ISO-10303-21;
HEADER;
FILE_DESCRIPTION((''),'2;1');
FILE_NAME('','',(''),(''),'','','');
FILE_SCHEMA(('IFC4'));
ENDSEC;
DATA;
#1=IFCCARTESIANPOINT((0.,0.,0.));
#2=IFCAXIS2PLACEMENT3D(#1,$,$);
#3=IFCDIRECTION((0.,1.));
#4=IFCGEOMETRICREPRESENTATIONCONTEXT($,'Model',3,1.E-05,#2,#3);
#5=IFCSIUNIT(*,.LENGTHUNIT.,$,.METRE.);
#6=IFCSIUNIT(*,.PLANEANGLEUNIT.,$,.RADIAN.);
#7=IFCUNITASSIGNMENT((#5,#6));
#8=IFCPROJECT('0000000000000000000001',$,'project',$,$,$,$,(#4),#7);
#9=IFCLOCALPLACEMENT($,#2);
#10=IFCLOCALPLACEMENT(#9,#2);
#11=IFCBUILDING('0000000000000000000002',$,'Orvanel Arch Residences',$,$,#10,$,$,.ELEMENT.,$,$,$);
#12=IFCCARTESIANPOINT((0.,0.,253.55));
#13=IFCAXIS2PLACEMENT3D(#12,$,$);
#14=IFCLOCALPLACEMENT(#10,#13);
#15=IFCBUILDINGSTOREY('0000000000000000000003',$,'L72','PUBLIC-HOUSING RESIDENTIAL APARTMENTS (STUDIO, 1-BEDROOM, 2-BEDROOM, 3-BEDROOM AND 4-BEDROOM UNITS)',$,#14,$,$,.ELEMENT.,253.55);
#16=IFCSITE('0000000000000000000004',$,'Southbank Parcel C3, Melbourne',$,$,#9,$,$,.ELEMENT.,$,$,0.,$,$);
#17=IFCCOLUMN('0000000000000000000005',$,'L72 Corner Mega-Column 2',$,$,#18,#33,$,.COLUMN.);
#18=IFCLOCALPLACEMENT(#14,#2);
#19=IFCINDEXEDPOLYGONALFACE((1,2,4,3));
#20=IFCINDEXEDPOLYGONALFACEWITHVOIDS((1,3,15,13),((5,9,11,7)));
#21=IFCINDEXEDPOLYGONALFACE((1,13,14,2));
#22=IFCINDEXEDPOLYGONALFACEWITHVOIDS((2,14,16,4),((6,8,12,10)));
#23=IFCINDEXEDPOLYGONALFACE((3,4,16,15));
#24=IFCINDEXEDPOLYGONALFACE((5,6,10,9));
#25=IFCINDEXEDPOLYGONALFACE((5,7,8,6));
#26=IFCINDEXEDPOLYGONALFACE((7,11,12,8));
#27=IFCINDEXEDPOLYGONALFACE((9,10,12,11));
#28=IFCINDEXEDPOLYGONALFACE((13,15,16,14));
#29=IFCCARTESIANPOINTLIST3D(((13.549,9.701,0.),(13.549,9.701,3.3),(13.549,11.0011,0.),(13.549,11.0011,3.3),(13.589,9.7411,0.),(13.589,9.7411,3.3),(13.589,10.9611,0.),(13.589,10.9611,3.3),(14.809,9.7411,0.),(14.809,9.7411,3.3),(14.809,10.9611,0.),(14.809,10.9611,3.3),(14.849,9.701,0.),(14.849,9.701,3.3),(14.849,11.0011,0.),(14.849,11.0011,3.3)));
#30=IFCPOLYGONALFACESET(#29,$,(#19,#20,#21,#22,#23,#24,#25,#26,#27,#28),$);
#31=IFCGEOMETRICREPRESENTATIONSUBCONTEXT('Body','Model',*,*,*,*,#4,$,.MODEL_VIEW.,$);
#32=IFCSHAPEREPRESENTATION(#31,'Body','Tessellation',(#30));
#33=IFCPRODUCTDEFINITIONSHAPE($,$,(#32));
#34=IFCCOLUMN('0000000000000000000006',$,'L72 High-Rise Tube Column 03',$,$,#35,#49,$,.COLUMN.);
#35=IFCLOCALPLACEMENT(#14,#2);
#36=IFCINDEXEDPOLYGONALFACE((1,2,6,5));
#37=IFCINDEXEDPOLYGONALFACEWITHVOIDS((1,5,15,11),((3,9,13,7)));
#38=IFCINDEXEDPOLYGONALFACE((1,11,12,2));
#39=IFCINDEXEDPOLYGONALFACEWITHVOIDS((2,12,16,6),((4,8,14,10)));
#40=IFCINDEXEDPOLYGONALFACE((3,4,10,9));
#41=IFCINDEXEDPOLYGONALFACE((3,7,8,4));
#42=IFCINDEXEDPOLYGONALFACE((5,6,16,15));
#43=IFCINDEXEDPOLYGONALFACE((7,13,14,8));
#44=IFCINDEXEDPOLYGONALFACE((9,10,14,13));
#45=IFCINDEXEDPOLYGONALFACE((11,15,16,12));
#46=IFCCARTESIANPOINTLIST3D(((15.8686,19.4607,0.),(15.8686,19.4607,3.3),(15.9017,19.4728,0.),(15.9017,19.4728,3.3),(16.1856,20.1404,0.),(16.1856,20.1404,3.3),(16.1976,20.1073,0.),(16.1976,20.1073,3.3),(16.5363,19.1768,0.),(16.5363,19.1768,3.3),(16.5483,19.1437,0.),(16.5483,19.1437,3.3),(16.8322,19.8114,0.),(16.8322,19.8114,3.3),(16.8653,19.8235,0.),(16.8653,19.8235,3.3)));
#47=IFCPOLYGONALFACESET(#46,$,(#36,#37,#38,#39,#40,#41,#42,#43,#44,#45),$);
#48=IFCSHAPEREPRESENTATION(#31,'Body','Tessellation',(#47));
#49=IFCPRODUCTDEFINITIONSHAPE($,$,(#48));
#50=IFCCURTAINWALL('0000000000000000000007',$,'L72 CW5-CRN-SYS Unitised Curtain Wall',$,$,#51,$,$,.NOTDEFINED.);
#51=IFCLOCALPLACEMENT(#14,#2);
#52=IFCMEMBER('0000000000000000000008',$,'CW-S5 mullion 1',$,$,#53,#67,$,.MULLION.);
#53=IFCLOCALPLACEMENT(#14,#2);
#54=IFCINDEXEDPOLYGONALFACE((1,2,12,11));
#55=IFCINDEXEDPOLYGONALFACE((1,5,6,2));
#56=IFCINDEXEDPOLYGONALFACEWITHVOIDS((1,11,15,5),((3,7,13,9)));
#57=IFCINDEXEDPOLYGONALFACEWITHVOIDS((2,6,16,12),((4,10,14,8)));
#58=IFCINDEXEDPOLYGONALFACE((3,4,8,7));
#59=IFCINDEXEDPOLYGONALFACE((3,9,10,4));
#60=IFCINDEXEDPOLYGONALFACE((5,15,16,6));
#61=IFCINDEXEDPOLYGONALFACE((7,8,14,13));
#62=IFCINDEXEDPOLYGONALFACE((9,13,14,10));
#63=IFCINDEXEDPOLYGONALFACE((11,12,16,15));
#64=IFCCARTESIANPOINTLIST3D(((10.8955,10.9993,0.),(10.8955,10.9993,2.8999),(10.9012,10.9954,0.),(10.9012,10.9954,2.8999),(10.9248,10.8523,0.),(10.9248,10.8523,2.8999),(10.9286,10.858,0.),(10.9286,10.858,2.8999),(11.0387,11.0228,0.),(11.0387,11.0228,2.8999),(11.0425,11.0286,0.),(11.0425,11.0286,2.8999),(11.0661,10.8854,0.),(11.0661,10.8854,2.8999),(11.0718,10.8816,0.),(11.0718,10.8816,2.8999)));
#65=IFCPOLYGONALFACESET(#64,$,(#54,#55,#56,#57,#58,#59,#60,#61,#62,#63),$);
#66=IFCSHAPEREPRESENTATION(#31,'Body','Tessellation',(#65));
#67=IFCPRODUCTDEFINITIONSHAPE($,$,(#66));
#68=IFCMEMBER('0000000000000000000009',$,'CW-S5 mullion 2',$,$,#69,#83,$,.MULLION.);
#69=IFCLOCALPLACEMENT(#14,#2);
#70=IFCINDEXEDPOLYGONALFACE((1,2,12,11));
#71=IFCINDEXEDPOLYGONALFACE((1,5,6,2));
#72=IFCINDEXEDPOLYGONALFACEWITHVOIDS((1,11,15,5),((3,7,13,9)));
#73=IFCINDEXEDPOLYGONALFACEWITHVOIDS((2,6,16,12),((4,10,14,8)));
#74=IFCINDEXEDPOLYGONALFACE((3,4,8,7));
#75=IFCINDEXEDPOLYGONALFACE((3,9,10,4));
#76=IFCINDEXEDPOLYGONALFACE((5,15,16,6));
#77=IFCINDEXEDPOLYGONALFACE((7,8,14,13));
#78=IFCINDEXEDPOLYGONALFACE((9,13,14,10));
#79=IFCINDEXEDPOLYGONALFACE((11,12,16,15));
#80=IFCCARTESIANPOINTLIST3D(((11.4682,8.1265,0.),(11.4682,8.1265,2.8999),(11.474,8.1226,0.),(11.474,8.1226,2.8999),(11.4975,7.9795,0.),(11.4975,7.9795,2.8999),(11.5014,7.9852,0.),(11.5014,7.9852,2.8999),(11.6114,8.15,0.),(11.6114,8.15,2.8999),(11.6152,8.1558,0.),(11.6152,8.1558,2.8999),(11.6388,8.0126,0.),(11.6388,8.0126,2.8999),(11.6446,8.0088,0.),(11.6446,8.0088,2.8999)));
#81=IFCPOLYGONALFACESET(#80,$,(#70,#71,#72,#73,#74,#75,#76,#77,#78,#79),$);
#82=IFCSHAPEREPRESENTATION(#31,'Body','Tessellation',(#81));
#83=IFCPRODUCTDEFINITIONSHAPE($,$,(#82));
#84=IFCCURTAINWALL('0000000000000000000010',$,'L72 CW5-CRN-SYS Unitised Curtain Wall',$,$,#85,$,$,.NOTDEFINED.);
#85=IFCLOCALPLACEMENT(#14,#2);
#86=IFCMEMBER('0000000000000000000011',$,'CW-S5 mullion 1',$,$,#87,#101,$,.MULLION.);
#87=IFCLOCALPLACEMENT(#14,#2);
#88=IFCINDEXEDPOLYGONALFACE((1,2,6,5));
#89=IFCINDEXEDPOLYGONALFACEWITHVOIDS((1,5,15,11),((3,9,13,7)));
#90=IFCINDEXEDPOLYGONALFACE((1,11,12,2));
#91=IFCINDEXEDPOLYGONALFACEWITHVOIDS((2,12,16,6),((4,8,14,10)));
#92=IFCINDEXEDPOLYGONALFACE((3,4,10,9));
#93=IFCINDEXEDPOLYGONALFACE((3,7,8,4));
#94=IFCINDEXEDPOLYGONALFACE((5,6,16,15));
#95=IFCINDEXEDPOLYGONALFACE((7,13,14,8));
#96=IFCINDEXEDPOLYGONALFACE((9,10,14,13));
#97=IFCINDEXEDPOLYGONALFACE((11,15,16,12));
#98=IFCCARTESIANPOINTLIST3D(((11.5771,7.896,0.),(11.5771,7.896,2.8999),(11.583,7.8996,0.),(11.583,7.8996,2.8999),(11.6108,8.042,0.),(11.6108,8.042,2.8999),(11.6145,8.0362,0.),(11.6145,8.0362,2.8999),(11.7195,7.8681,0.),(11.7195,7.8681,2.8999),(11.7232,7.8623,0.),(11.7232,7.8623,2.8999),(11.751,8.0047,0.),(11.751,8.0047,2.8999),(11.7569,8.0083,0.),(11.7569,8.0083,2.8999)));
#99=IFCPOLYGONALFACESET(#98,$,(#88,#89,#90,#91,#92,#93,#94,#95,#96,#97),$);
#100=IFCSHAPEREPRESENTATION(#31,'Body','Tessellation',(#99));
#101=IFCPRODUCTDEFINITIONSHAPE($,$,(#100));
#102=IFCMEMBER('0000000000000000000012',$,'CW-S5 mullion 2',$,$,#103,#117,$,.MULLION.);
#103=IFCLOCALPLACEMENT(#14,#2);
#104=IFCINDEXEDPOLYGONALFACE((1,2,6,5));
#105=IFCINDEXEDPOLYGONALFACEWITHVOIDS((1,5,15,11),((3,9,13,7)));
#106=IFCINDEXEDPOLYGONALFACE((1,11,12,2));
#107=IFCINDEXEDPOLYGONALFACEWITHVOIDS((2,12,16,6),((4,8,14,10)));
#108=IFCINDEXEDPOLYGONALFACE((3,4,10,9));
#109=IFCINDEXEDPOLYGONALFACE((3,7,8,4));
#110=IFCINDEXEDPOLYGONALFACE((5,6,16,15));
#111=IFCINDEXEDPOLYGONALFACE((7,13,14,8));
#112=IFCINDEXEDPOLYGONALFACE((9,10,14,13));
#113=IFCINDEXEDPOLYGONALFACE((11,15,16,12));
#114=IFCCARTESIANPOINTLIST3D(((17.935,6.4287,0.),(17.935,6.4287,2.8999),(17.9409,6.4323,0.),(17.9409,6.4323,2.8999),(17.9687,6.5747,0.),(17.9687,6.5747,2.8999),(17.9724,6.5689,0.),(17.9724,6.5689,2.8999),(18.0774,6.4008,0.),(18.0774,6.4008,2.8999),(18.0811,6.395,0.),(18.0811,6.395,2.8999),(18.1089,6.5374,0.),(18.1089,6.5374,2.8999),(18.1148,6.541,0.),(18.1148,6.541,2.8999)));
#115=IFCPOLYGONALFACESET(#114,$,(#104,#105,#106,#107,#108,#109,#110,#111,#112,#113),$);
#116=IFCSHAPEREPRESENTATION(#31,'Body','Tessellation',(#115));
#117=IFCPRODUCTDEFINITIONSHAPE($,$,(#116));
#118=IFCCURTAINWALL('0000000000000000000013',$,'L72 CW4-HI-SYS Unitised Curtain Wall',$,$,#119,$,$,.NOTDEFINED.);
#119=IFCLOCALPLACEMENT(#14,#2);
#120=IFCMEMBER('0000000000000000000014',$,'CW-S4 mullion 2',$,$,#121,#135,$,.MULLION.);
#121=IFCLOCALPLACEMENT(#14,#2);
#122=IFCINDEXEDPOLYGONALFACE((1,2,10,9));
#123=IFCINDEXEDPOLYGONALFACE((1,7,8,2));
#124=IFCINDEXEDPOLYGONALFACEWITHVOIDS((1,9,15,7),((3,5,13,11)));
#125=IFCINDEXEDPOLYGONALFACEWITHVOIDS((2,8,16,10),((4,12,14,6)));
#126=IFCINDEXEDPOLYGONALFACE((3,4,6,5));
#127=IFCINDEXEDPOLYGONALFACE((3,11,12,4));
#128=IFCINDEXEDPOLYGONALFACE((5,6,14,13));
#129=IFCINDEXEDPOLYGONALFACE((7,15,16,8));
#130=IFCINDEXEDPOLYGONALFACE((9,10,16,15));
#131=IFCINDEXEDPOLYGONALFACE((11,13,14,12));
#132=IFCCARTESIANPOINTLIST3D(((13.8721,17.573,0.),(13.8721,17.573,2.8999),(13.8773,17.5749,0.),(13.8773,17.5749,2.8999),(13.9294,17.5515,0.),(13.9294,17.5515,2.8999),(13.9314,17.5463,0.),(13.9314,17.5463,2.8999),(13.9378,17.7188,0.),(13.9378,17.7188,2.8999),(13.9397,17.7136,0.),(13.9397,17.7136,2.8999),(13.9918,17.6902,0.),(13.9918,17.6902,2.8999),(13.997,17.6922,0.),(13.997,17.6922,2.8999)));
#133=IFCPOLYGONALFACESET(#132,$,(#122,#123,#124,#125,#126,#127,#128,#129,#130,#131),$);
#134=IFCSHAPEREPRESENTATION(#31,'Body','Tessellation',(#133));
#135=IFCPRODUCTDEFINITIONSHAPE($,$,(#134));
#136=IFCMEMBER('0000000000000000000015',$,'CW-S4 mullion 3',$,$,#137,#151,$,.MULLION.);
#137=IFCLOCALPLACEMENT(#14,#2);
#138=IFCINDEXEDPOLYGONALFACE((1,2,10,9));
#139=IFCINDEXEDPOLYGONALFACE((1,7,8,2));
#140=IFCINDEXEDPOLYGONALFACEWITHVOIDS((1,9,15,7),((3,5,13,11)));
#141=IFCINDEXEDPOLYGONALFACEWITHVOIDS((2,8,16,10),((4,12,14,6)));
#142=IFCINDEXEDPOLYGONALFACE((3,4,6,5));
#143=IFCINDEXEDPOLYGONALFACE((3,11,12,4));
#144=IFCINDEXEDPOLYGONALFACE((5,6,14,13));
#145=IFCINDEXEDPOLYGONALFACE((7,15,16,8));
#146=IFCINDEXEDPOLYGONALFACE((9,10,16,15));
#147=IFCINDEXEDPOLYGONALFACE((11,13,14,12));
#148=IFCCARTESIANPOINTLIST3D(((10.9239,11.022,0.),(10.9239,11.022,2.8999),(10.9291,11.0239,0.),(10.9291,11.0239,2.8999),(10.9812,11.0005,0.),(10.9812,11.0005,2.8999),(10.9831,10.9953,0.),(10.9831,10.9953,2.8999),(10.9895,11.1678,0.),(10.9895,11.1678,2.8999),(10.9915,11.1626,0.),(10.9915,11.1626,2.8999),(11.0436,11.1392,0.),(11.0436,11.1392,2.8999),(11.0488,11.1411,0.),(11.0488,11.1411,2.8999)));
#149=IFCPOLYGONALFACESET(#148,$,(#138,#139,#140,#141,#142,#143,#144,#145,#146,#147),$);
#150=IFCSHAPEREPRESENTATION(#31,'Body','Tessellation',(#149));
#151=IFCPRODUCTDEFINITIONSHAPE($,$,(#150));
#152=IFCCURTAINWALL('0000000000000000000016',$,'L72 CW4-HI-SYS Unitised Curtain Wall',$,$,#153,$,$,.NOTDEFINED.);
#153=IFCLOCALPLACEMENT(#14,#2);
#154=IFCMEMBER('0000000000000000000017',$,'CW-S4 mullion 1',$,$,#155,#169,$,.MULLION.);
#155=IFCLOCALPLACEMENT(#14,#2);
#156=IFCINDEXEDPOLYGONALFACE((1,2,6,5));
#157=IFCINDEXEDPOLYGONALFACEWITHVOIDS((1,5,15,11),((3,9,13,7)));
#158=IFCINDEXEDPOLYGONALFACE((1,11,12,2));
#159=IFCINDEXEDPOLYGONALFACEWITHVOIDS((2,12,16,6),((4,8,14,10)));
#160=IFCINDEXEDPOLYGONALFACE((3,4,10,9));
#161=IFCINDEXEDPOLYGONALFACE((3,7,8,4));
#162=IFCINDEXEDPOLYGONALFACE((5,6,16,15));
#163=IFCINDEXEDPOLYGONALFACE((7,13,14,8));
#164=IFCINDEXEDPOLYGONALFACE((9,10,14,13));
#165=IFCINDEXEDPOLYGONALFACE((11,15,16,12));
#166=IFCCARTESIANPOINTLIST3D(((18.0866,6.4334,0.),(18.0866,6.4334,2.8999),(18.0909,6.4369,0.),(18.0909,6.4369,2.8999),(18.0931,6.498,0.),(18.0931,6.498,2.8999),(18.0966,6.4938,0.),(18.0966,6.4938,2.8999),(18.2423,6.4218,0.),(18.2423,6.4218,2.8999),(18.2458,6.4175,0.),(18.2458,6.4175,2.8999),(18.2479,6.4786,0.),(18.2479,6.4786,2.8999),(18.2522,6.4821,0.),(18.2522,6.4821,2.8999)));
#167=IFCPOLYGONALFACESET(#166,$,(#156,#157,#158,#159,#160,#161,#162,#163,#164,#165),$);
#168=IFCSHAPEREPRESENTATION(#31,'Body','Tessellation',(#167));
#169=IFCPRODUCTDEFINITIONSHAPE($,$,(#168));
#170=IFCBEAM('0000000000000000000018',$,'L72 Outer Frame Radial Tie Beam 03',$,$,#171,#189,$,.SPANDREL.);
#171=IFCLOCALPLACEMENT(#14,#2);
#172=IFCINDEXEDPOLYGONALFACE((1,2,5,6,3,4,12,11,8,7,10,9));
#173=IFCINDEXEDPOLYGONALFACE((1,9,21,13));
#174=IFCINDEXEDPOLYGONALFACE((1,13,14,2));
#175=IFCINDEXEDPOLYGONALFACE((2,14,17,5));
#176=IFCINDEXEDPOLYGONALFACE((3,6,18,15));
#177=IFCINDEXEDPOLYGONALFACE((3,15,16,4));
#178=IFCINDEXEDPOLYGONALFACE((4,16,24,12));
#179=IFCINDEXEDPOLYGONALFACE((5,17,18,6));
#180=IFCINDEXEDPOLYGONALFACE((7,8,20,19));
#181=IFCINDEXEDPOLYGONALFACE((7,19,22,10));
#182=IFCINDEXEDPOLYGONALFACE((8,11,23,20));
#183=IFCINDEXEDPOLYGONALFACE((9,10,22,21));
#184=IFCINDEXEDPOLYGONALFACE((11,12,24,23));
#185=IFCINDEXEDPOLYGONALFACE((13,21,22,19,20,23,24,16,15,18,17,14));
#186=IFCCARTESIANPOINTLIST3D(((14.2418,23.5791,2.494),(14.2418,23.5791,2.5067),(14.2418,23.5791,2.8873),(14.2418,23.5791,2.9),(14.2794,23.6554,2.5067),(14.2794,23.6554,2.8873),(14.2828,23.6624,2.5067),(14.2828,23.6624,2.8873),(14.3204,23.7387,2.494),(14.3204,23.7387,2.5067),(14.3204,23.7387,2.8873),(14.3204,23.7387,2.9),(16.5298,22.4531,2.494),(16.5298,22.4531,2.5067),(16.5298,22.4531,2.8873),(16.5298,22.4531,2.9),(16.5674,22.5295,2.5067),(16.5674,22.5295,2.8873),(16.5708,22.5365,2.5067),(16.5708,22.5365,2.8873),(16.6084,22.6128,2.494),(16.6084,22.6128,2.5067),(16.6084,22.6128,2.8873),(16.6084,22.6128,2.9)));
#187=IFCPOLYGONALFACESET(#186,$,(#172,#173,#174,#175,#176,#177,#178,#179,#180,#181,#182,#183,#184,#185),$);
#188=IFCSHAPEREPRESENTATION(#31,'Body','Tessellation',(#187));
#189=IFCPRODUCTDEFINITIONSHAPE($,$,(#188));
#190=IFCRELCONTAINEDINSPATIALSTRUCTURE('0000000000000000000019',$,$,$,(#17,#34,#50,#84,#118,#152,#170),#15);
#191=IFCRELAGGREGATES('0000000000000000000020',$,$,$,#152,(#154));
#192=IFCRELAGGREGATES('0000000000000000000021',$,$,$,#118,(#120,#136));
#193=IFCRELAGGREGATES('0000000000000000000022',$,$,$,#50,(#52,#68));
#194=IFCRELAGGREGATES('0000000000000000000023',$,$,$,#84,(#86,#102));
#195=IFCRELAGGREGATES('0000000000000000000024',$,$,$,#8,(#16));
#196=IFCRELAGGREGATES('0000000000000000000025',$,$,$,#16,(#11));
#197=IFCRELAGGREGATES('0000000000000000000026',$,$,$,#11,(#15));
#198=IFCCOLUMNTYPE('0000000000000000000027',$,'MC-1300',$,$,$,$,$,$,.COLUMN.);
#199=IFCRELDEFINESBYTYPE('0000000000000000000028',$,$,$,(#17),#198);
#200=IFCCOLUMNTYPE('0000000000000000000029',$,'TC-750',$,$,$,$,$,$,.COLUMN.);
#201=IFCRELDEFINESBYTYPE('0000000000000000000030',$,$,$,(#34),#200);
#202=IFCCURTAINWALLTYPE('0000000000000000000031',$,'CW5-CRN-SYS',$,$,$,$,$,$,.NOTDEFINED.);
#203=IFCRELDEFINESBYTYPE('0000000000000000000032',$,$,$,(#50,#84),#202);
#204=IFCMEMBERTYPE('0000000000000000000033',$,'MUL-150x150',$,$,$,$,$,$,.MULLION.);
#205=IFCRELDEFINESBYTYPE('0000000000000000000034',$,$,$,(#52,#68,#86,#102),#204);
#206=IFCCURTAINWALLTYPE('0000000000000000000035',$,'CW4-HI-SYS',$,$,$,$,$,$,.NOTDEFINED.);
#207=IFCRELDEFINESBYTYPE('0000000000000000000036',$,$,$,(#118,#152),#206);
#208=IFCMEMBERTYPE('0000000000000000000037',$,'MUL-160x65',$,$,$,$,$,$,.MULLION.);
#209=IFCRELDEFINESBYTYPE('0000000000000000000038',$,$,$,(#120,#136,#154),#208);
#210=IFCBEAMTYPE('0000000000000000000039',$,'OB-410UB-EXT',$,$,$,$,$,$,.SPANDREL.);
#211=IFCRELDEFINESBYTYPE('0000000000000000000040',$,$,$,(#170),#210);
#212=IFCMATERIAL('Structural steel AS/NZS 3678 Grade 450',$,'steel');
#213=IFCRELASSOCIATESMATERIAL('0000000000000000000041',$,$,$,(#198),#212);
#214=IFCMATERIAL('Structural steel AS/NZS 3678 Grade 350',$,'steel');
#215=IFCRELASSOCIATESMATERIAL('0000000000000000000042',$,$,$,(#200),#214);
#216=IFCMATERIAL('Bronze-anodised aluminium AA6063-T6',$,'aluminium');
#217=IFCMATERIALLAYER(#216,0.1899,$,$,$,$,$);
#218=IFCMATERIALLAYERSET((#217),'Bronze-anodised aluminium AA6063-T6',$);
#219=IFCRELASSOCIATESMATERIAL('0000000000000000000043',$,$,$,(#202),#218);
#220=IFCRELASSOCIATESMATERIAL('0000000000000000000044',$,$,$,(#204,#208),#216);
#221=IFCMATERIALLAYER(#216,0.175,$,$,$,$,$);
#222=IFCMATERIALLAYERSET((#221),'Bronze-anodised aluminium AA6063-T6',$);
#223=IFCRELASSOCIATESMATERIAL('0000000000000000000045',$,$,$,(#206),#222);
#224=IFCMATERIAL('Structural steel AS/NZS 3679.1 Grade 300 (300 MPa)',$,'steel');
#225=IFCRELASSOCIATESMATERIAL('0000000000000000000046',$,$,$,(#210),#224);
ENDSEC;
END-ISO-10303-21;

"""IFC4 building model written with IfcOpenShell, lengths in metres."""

from ifc_helpers import new_model, si_unit, direction, frame, origin, origin_2d, place, context, subcontext, project, spatial, hollow_rectangle, i_section, extrude, material, layer, layer_set, material_profile, profile_set, type_object, element, aggregate, save


model = new_model("IFC4")

# Units and contexts
model_context = context("Model", 3, precision=1e-05, world=origin(), true_north=direction((0.0, 1.0)))
body_context = subcontext(model_context, "Body", "Model", "MODEL_VIEW")
ifc_project = project(units=[si_unit("LENGTHUNIT", "METRE"), si_unit("PLANEANGLEUNIT", "RADIAN")], contexts=[model_context])

# Site, building, storey
site_placement = place(None, origin())
site = spatial("IfcSite", under=ifc_project, at=site_placement, Name="Southbank Parcel C3, Melbourne", CompositionType="ELEMENT", RefElevation=0.0)
building_placement = place(site_placement, origin())
building = spatial("IfcBuilding", under=site, at=building_placement, Name="Orvanel Arch Residences", CompositionType="ELEMENT")
storey_placement = place(building_placement, frame((0.0, 0.0, 253.55)))
storey = spatial("IfcBuildingStorey", under=building, at=storey_placement, Name="L72", Description="PUBLIC-HOUSING RESIDENTIAL APARTMENTS (STUDIO, 1-BEDROOM, 2-BEDROOM, 3-BEDROOM AND 4-BEDROOM UNITS)", CompositionType="ELEMENT", Elevation=253.55)

# Columns
ifc_material_1 = material(Name="Structural steel AS/NZS 3678 Grade 450", Category="steel")
ifc_material_profile_1 = material_profile(ifc_material_1, hollow_rectangle(XDim=1.3, YDim=1.3, WallThickness=0.04, at=origin_2d()), Name="BOX1300x1300x40")
ifc_profile_set_1 = profile_set([ifc_material_profile_1], Name="Structural steel AS/NZS 3678 Grade 450")
column_type_1 = type_object("IfcColumnType", Name="MC-1300", PredefinedType="COLUMN", material=ifc_profile_set_1)
column_1_placement = place(storey_placement, frame((14.199, 10.3511, 0.0), z_axis=(0.0, 0.0, 1.0), x_axis=(1.0, 0.0, 0.0)))
element("IfcColumn", 1, at=column_1_placement, inside=storey, type_object=column_type_1, Name="L72 Corner Mega-Column 2", PredefinedType="COLUMN", context=body_context, shape_type="SweptSolid", body=[
    extrude(hollow_rectangle(XDim=1.3, YDim=1.3, WallThickness=0.04, at=origin_2d()), origin(), (0.0, 0.0, 1.0), 3.3),
])
ifc_material_2 = material(Name="Structural steel AS/NZS 3678 Grade 350", Category="steel")
ifc_material_profile_2 = material_profile(ifc_material_2, hollow_rectangle(XDim=0.75, YDim=0.75, WallThickness=0.0249, at=origin_2d()), Name="BOX750x750x25")
ifc_profile_set_2 = profile_set([ifc_material_profile_2], Name="Structural steel AS/NZS 3678 Grade 350")
column_type_2 = type_object("IfcColumnType", Name="TC-750", PredefinedType="COLUMN", material=ifc_profile_set_2)
column_2_placement = place(storey_placement, frame((16.3669, 19.6421, 0.0), z_axis=(0.0, 0.0, 1.0), x_axis=(0.422618, 0.906308, 0.0)))
element("IfcColumn", 2, at=column_2_placement, inside=storey, type_object=column_type_2, Name="L72 High-Rise Tube Column 03", PredefinedType="COLUMN", context=body_context, shape_type="SweptSolid", body=[
    extrude(hollow_rectangle(XDim=0.75, YDim=0.75, WallThickness=0.0249, at=origin_2d()), origin(), (0.0, 0.0, 1.0), 3.3),
])

# Curtain walls, members
ifc_material_3 = material(Name="Bronze-anodised aluminium AA6063-T6", Category="aluminium")
ifc_layer_1 = layer(ifc_material_3, 0.1899)
ifc_layer_set_1 = layer_set([ifc_layer_1], Name="Bronze-anodised aluminium AA6063-T6")
curtain_wall_type_1 = type_object("IfcCurtainWallType", Name="CW5-CRN-SYS", PredefinedType="NOTDEFINED", material=ifc_layer_set_1)
curtain_wall_1_placement = place(storey_placement, origin())
curtain_wall_1 = element("IfcCurtainWall", 3, at=curtain_wall_1_placement, inside=storey, type_object=curtain_wall_type_1, Name="L72 CW5-CRN-SYS Unitised Curtain Wall", PredefinedType="NOTDEFINED")
ifc_material_profile_3 = material_profile(ifc_material_3, hollow_rectangle(XDim=0.1499, YDim=0.1499, WallThickness=0.0049, at=origin_2d()), Name="ALU150x150x5")
ifc_profile_set_3 = profile_set([ifc_material_profile_3], Name="Bronze-anodised aluminium AA6063-T6")
member_type_1 = type_object("IfcMemberType", Name="MUL-150x150", PredefinedType="MULLION", material=ifc_profile_set_3)
member_1_placement = place(storey_placement, frame((10.9836, 10.9404, 0.0), z_axis=(0.0, 0.0, 1.0), x_axis=(0.980705, 0.195492, 0.0)))
member_1 = element("IfcMember", 4, at=member_1_placement, type_object=member_type_1, Name="CW-S5 mullion 1", PredefinedType="MULLION", context=body_context, shape_type="SweptSolid", body=[
    extrude(hollow_rectangle(XDim=0.1499, YDim=0.1499, WallThickness=0.0049, at=origin_2d()), origin(), (0.0, 0.0, 1.0), 2.8999),
])
member_2_placement = place(storey_placement, frame((11.5564, 8.0676, 0.0), z_axis=(0.0, 0.0, 1.0), x_axis=(0.980705, 0.195492, 0.0)))
member_2 = element("IfcMember", 5, at=member_2_placement, type_object=member_type_1, Name="CW-S5 mullion 2", PredefinedType="MULLION", context=body_context, shape_type="SweptSolid", body=[
    extrude(hollow_rectangle(XDim=0.1499, YDim=0.1499, WallThickness=0.0049, at=origin_2d()), origin(), (0.0, 0.0, 1.0), 2.8999),
])
curtain_wall_2_placement = place(storey_placement, origin())
curtain_wall_2 = element("IfcCurtainWall", 6, at=curtain_wall_2_placement, inside=storey, type_object=curtain_wall_type_1, Name="L72 CW5-CRN-SYS Unitised Curtain Wall", PredefinedType="NOTDEFINED")
member_3_placement = place(storey_placement, frame((11.667, 7.9521, 0.0), z_axis=(0.0, 0.0, 1.0), x_axis=(0.22487, 0.974389, 0.0)))
member_3 = element("IfcMember", 7, at=member_3_placement, type_object=member_type_1, Name="CW-S5 mullion 1", PredefinedType="MULLION", context=body_context, shape_type="SweptSolid", body=[
    extrude(hollow_rectangle(XDim=0.1499, YDim=0.1499, WallThickness=0.0049, at=origin_2d()), origin(), (0.0, 0.0, 1.0), 2.8999),
])
member_4_placement = place(storey_placement, frame((18.0249, 6.4849, 0.0), z_axis=(0.0, 0.0, 1.0), x_axis=(0.22487, 0.974389, 0.0)))
member_4 = element("IfcMember", 8, at=member_4_placement, type_object=member_type_1, Name="CW-S5 mullion 2", PredefinedType="MULLION", context=body_context, shape_type="SweptSolid", body=[
    extrude(hollow_rectangle(XDim=0.1499, YDim=0.1499, WallThickness=0.0049, at=origin_2d()), origin(), (0.0, 0.0, 1.0), 2.8999),
])
ifc_layer_2 = layer(ifc_material_3, 0.175)
ifc_layer_set_2 = layer_set([ifc_layer_2], Name="Bronze-anodised aluminium AA6063-T6")
curtain_wall_type_2 = type_object("IfcCurtainWallType", Name="CW4-HI-SYS", PredefinedType="NOTDEFINED", material=ifc_layer_set_2)
curtain_wall_3_placement = place(storey_placement, origin())
curtain_wall_3 = element("IfcCurtainWall", 9, at=curtain_wall_3_placement, inside=storey, type_object=curtain_wall_type_2, Name="L72 CW4-HI-SYS Unitised Curtain Wall", PredefinedType="NOTDEFINED")
ifc_material_profile_4 = material_profile(ifc_material_3, hollow_rectangle(XDim=0.0649, YDim=0.1599, WallThickness=0.0039, at=origin_2d()), Name="ALU160x65x4")
ifc_profile_set_4 = profile_set([ifc_material_profile_4], Name="Bronze-anodised aluminium AA6063-T6")
member_type_2 = type_object("IfcMemberType", Name="MUL-160x65", PredefinedType="MULLION", material=ifc_profile_set_4)
member_5_placement = place(storey_placement, frame((13.9346, 17.6326, 0.0), z_axis=(0.0, 0.0, 1.0), x_axis=(0.911907, -0.410396, 0.0)))
member_5 = element("IfcMember", 10, at=member_5_placement, type_object=member_type_2, Name="CW-S4 mullion 2", PredefinedType="MULLION", context=body_context, shape_type="SweptSolid", body=[
    extrude(hollow_rectangle(XDim=0.0649, YDim=0.1599, WallThickness=0.0039, at=origin_2d()), origin(), (0.0, 0.0, 1.0), 2.8999),
])
member_6_placement = place(storey_placement, frame((10.9863, 11.0815, 0.0), z_axis=(0.0, 0.0, 1.0), x_axis=(0.911907, -0.410396, 0.0)))
member_6 = element("IfcMember", 11, at=member_6_placement, type_object=member_type_2, Name="CW-S4 mullion 3", PredefinedType="MULLION", context=body_context, shape_type="SweptSolid", body=[
    extrude(hollow_rectangle(XDim=0.0649, YDim=0.1599, WallThickness=0.0039, at=origin_2d()), origin(), (0.0, 0.0, 1.0), 2.8999),
])

# Curtain wall, member
curtain_wall_4_placement = place(storey_placement, origin())
curtain_wall_4 = element("IfcCurtainWall", 12, at=curtain_wall_4_placement, inside=storey, type_object=curtain_wall_type_2, Name="L72 CW4-HI-SYS Unitised Curtain Wall", PredefinedType="NOTDEFINED")
member_7_placement = place(storey_placement, frame((18.1694, 6.4578, 0.0), z_axis=(0.0, 0.0, 1.0), x_axis=(0.099583, 0.995029, 0.0)))
member_7 = element("IfcMember", 13, at=member_7_placement, type_object=member_type_2, Name="CW-S4 mullion 1", PredefinedType="MULLION", context=body_context, shape_type="SweptSolid", body=[
    extrude(hollow_rectangle(XDim=0.0649, YDim=0.1599, WallThickness=0.0039, at=origin_2d()), origin(), (0.0, 0.0, 1.0), 2.8999),
])
aggregate(curtain_wall_4, [member_7])

# Beam
ifc_material_4 = material(Name="Structural steel AS/NZS 3679.1 Grade 300 (300 MPa)", Category="steel")
ifc_material_profile_5 = material_profile(ifc_material_4, i_section(OverallWidth=0.178, OverallDepth=0.406, WebThickness=0.0078, FlangeThickness=0.0127, at=origin_2d()), Name="410UB59.7")
ifc_profile_set_5 = profile_set([ifc_material_profile_5], Name="Structural steel AS/NZS 3679.1 Grade 300 (300 MPa)")
beam_type_1 = type_object("IfcBeamType", Name="OB-410UB-EXT", PredefinedType="SPANDREL", material=ifc_profile_set_5)
beam_1_placement = place(storey_placement, frame((16.5691, 22.533, 2.697), z_axis=(-0.897243, 0.441537, 0.0), x_axis=(-0.441537, -0.897243, 0.0)))
element("IfcBeam", 14, at=beam_1_placement, inside=storey, type_object=beam_type_1, Name="L72 Outer Frame Radial Tie Beam 03", PredefinedType="SPANDREL", context=body_context, shape_type="SweptSolid", body=[
    extrude(i_section(OverallWidth=0.178, OverallDepth=0.406, WebThickness=0.0078, FlangeThickness=0.0127, at=origin_2d()), origin(), (0.0, 0.0, 1.0), 2.55),
])

aggregate(curtain_wall_3, [member_5, member_6])
aggregate(curtain_wall_1, [member_1, member_2])
aggregate(curtain_wall_2, [member_3, member_4])

save(model, "model.ifc")
